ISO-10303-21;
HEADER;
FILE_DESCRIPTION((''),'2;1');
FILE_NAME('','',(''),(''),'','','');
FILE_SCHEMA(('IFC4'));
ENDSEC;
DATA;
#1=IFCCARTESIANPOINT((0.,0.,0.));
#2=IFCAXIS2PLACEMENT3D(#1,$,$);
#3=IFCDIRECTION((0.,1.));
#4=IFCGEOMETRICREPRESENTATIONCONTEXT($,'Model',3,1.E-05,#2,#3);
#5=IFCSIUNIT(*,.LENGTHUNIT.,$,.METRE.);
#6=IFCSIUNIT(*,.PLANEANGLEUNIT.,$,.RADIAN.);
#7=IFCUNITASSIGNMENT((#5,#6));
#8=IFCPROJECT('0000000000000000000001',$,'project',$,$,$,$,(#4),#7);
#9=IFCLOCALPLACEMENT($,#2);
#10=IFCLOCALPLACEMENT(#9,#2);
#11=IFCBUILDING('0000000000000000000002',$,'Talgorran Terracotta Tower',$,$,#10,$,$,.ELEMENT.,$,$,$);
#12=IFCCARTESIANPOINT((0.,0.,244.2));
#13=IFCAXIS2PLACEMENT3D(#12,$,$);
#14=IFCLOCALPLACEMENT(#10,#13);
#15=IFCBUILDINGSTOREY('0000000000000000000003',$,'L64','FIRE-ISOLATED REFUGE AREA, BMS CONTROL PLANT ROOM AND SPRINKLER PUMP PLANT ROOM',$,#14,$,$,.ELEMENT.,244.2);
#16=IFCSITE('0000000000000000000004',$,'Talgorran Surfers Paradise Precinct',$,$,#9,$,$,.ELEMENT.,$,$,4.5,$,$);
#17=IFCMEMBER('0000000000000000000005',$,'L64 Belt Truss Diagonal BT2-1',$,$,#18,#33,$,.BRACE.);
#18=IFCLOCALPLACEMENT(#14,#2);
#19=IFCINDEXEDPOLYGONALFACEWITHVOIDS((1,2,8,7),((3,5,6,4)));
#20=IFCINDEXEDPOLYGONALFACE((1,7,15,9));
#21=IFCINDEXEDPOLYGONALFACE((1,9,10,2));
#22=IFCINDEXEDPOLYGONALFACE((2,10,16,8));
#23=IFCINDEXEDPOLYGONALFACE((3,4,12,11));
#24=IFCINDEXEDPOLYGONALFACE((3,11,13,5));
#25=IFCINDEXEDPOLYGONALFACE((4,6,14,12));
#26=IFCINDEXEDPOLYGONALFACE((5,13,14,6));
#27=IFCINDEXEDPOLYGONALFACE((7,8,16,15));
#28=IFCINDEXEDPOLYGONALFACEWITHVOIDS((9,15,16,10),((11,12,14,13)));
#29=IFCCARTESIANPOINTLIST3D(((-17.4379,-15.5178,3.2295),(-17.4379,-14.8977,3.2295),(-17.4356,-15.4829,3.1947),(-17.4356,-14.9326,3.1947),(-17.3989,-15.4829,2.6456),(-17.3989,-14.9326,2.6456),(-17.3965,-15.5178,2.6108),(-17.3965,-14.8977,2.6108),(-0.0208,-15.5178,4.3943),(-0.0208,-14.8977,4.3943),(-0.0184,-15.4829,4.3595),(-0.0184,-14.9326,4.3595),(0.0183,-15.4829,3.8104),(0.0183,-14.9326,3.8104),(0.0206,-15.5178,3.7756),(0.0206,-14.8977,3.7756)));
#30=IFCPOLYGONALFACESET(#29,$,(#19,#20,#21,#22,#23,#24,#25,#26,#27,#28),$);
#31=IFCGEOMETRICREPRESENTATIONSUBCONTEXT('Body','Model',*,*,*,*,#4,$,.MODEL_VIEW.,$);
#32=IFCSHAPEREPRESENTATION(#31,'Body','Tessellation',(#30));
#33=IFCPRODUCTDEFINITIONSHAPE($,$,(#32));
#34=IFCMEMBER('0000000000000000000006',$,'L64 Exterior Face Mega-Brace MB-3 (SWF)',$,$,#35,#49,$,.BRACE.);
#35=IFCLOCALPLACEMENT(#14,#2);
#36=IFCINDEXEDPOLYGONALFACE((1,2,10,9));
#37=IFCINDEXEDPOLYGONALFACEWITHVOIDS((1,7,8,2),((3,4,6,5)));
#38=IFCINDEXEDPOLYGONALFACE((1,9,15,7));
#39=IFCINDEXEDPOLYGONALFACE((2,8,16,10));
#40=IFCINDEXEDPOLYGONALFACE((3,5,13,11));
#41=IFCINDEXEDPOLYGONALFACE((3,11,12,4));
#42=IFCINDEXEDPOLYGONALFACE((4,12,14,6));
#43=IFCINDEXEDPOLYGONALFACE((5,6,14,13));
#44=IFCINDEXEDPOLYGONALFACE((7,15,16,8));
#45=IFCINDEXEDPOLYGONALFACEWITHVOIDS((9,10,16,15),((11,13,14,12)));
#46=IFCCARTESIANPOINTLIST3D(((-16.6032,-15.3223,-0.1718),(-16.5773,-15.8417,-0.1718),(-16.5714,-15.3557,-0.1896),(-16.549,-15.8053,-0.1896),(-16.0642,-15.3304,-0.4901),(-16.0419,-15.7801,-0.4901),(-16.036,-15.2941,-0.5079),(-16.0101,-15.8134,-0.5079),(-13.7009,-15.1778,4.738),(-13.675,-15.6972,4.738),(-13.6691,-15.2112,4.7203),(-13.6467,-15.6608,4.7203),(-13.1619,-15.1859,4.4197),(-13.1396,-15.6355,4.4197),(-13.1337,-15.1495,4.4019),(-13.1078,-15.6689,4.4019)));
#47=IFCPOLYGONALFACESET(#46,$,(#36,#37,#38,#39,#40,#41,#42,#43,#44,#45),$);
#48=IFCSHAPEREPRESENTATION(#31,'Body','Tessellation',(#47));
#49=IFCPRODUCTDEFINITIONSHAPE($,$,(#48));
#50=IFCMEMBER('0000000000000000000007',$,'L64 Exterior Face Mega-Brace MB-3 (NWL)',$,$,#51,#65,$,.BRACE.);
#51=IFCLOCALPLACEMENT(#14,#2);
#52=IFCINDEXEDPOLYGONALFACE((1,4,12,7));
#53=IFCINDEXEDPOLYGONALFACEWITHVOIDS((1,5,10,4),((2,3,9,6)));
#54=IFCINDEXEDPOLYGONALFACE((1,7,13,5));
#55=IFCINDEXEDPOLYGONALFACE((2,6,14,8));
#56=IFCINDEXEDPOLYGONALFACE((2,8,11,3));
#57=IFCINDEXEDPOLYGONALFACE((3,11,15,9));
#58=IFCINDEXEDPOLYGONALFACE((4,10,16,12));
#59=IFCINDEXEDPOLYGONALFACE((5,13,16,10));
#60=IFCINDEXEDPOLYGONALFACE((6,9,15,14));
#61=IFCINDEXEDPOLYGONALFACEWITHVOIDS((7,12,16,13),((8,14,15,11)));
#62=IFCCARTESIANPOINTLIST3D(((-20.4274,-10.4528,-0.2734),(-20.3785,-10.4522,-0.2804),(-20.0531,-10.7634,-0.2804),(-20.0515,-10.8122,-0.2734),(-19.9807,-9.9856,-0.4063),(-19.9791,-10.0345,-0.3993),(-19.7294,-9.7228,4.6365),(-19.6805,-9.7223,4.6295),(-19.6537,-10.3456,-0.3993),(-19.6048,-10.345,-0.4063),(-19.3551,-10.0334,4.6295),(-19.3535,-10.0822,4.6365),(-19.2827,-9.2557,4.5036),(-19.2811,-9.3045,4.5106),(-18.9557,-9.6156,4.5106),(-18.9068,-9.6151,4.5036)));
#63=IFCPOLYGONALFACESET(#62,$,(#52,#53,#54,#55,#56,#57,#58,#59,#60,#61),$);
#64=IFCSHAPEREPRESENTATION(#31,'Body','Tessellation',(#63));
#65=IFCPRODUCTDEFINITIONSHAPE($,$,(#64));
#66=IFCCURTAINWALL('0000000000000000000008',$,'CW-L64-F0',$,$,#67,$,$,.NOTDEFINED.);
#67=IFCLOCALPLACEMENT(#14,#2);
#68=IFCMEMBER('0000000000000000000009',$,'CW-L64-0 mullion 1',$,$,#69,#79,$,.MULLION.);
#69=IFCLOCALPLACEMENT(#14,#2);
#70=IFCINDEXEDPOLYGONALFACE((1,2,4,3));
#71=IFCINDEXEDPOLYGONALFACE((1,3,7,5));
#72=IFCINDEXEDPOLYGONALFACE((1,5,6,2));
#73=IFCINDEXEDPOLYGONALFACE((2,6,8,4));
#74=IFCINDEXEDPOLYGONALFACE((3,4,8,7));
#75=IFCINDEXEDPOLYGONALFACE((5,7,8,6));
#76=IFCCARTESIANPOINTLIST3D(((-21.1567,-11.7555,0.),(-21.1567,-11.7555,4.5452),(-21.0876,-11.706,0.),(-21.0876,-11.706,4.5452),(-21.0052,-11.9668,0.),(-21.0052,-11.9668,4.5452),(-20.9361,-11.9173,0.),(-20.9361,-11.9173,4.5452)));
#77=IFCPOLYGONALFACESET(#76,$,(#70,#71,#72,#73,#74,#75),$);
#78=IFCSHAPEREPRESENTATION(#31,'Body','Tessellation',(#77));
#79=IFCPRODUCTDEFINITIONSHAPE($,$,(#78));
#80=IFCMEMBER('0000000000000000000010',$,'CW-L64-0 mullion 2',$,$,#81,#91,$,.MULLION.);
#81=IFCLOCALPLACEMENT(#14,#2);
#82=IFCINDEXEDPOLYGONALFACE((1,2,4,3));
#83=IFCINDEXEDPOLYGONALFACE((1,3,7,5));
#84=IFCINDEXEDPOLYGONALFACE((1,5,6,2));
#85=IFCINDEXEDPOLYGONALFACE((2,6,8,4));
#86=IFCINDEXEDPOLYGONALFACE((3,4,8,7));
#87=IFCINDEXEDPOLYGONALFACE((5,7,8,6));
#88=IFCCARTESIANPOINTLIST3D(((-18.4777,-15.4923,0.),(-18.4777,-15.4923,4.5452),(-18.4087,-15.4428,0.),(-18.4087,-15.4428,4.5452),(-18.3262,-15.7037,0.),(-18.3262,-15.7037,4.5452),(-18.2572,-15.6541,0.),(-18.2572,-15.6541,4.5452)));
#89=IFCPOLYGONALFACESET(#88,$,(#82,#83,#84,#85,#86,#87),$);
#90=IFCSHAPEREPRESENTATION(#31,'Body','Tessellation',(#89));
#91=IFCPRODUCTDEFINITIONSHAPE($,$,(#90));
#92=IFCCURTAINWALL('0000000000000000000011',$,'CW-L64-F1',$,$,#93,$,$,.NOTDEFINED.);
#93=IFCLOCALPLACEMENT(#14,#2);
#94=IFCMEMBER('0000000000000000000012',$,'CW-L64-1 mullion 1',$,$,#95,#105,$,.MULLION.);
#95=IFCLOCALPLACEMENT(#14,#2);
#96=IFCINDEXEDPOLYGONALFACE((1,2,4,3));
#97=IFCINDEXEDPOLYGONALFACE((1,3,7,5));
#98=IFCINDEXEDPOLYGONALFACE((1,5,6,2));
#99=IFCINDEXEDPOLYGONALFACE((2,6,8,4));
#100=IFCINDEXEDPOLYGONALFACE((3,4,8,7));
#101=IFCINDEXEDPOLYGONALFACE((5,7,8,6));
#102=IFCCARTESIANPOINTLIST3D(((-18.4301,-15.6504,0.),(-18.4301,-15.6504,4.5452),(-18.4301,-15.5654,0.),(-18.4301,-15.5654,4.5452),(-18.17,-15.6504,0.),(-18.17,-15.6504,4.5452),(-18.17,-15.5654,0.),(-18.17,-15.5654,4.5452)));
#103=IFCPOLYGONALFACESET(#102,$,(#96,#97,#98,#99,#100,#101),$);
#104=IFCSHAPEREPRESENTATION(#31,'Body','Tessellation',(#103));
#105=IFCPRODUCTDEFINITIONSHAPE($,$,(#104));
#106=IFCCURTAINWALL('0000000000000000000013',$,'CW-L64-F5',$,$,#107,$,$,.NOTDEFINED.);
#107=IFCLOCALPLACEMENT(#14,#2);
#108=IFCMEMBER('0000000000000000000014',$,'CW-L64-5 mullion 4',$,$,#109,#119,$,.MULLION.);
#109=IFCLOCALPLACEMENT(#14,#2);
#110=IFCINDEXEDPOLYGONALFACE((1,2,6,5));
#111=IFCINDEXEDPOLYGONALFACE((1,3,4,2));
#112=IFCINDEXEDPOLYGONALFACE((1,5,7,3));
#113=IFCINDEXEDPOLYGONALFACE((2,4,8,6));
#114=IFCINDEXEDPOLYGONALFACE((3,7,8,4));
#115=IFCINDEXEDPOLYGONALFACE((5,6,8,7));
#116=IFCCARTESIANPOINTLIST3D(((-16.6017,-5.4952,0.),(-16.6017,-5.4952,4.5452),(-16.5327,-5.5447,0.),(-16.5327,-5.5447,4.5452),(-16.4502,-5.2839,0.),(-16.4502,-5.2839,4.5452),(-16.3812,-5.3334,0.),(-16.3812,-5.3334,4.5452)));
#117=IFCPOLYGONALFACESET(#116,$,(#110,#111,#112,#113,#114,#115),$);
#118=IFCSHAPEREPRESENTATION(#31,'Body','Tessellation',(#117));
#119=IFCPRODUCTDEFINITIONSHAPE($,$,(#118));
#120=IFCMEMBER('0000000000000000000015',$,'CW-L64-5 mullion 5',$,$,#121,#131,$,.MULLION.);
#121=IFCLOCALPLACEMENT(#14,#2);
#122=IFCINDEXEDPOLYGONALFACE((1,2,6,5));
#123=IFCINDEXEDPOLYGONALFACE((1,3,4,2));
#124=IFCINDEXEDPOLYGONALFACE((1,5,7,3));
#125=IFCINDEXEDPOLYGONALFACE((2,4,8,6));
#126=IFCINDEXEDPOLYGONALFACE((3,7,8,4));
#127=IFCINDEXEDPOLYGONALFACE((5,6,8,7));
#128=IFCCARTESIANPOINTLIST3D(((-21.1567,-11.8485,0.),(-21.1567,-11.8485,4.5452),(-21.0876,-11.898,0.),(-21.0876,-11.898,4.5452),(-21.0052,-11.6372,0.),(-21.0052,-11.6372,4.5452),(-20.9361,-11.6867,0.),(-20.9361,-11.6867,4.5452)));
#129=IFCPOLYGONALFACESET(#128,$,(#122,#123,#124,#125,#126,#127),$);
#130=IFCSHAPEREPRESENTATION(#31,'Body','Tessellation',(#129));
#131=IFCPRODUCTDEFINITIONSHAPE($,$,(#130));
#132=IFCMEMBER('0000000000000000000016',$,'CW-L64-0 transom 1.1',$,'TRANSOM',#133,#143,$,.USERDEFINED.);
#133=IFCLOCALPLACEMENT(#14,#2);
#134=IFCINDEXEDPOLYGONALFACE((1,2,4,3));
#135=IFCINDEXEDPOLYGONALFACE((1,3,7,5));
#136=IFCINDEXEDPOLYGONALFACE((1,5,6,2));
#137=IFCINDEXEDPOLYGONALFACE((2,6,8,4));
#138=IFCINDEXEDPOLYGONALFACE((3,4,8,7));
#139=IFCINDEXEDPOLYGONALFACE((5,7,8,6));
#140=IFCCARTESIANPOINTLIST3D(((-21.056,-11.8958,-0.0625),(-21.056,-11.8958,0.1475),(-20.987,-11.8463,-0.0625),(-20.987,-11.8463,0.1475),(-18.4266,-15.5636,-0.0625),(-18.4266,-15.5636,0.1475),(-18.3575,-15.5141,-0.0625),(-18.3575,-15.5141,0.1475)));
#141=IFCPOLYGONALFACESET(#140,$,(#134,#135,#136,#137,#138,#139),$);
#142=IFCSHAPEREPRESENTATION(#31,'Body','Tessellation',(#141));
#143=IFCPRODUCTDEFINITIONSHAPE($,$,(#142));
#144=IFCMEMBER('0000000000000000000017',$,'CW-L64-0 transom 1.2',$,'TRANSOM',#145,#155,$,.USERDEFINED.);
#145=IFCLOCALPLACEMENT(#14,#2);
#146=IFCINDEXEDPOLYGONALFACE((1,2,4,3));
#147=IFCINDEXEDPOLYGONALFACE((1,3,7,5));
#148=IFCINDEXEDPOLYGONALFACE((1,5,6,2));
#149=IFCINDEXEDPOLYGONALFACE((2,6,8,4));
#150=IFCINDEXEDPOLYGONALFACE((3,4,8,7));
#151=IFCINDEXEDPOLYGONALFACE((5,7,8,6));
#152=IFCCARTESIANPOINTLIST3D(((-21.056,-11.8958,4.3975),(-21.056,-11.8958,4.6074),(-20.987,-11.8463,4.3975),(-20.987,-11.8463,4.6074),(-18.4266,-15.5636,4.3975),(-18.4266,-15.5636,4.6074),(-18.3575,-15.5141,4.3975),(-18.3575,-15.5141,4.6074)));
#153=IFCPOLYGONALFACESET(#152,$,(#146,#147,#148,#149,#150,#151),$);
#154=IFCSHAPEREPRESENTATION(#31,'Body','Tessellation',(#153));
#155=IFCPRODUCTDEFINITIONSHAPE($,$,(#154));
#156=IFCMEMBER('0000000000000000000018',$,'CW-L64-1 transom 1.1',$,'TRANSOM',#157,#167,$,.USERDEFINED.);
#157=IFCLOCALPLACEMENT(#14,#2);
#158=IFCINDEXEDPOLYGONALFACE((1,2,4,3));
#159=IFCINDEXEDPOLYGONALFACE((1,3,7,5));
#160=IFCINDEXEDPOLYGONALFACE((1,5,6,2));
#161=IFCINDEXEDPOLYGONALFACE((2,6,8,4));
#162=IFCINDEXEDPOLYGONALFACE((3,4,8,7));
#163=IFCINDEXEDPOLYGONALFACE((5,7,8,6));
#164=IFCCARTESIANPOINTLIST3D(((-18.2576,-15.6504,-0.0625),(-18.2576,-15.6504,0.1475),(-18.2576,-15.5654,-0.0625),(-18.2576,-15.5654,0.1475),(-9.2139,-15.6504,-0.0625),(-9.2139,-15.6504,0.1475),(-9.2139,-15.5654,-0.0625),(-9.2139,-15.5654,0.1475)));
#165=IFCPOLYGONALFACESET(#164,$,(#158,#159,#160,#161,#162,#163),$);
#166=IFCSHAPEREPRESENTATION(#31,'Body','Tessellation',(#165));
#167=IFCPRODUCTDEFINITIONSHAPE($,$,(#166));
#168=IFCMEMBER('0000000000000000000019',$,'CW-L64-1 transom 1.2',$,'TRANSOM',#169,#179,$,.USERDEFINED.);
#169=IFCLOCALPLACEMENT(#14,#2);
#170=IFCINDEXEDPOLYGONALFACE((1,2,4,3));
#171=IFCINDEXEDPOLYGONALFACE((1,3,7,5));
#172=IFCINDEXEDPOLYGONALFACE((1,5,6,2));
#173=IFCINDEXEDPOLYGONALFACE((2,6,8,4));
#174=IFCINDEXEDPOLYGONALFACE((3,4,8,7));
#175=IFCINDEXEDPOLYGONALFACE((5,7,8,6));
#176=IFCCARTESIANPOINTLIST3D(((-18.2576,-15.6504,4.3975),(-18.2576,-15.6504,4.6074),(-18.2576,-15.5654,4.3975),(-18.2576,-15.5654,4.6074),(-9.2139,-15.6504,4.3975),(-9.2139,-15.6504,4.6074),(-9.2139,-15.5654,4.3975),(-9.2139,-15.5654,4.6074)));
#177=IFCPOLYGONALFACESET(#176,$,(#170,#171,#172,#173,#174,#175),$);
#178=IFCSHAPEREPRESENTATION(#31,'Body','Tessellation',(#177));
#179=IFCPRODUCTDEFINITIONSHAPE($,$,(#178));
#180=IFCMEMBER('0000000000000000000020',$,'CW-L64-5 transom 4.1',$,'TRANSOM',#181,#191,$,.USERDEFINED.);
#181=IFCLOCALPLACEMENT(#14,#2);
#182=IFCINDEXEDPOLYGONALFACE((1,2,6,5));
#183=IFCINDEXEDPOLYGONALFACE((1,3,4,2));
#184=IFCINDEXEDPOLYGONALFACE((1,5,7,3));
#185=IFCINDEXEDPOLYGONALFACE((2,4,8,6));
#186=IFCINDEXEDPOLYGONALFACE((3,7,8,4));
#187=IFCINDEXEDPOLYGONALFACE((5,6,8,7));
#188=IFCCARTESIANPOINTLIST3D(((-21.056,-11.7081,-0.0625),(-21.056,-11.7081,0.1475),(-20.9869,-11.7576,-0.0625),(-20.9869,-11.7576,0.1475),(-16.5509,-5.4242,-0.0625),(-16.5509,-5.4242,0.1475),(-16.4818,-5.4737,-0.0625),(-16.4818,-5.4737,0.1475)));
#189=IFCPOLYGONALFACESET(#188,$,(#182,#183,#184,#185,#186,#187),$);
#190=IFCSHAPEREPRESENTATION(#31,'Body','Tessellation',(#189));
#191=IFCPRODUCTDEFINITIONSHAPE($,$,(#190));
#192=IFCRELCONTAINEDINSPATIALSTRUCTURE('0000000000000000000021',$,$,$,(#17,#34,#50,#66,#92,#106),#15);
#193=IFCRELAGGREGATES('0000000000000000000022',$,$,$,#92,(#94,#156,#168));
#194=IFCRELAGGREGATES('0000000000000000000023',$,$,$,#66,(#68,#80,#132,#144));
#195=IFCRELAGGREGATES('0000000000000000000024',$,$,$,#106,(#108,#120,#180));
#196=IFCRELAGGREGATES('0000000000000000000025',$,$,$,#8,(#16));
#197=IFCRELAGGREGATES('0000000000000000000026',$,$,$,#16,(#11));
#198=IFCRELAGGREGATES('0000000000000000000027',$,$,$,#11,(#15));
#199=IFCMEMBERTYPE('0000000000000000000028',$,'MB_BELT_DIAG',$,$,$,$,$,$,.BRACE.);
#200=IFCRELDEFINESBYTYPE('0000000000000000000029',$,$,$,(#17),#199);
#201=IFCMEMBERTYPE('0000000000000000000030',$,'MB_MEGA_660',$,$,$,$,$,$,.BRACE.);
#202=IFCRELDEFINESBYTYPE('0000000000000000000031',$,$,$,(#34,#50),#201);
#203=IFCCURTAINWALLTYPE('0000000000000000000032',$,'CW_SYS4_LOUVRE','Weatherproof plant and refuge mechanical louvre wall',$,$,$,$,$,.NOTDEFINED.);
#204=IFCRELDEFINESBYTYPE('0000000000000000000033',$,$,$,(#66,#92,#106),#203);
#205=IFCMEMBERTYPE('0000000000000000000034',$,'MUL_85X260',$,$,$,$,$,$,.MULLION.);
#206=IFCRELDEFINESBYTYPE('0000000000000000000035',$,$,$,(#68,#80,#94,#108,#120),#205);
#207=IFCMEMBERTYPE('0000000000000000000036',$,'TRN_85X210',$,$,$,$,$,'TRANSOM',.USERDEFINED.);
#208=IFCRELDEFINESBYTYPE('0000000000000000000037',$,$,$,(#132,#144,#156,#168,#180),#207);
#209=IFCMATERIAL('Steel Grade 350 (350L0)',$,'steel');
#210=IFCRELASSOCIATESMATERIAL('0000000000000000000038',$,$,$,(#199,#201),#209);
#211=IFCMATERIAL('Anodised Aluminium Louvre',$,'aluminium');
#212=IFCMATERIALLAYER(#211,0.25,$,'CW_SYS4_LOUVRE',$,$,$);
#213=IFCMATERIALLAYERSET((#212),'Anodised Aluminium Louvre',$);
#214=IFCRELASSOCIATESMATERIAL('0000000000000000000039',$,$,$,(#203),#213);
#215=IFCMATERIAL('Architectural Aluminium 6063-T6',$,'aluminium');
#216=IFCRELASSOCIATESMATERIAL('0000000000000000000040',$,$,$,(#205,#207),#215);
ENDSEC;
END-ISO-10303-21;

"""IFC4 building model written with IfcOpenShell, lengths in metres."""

from ifc_helpers import new_model, si_unit, direction, frame, origin, origin_2d, place, context, subcontext, project, spatial, rectangle, hollow_rectangle, extrude, material, layer, layer_set, material_profile, profile_set, type_object, element, aggregate, save


model = new_model("IFC4")

# Units and contexts
model_context = context("Model", 3, precision=1e-05, world=origin(), true_north=direction((0.0, 1.0)))
body_context = subcontext(model_context, "Body", "Model", "MODEL_VIEW")
ifc_project = project(units=[si_unit("LENGTHUNIT", "METRE"), si_unit("PLANEANGLEUNIT", "RADIAN")], contexts=[model_context])

# Site, building, storey
site_placement = place(None, origin())
site = spatial("IfcSite", under=ifc_project, at=site_placement, Name="Talgorran Surfers Paradise Precinct", CompositionType="ELEMENT", RefElevation=4.5)
building_placement = place(site_placement, origin())
building = spatial("IfcBuilding", under=site, at=building_placement, Name="Talgorran Terracotta Tower", CompositionType="ELEMENT")
storey_placement = place(building_placement, frame((0.0, 0.0, 244.2)))
storey = spatial("IfcBuildingStorey", under=building, at=storey_placement, Name="L64", Description="FIRE-ISOLATED REFUGE AREA, BMS CONTROL PLANT ROOM AND SPRINKLER PUMP PLANT ROOM", CompositionType="ELEMENT", Elevation=244.2)

# Shared definitions
ifc_material_1 = material(Name="Steel Grade 350 (350L0)", Category="steel")

# Members
ifc_material_profile_1 = material_profile(ifc_material_1, hollow_rectangle(XDim=0.6201, YDim=0.6201, WallThickness=0.0349, at=origin_2d()), Name="WBOX620X620X35")
ifc_profile_set_1 = profile_set([ifc_material_profile_1], Name="Steel Grade 350 (350L0)")
member_type_1 = type_object("IfcMemberType", Name="MB_BELT_DIAG", PredefinedType="BRACE", material=ifc_profile_set_1)
member_1_placement = place(storey_placement, frame((-17.4172, -15.2078, 2.9202), z_axis=(0.997771, 0.0, 0.066727), x_axis=(0.0, 1.0, 0.0)))
element("IfcMember", 1, at=member_1_placement, inside=storey, type_object=member_type_1, Name="L64 Belt Truss Diagonal BT2-1", PredefinedType="BRACE", context=body_context, shape_type="SweptSolid", body=[
    extrude(hollow_rectangle(XDim=0.6201, YDim=0.6201, WallThickness=0.0349, at=origin_2d()), origin(), (0.0, 0.0, 1.0), 17.4561),
])
ifc_material_profile_2 = material_profile(ifc_material_1, hollow_rectangle(XDim=0.52, YDim=0.6599, WallThickness=0.0349, at=origin_2d()), Name="WBOX660X520X35")
ifc_profile_set_2 = profile_set([ifc_material_profile_2], Name="Steel Grade 350 (350L0)")
member_type_2 = type_object("IfcMemberType", Name="MB_MEGA_660", PredefinedType="BRACE", material=ifc_profile_set_2)
member_2_placement = place(storey_placement, frame((-16.3066, -15.5679, -0.3398), z_axis=(0.5087, 0.025332, 0.860571), x_axis=(-0.049736, 0.998762, 0.0)))
element("IfcMember", 2, at=member_2_placement, inside=storey, type_object=member_type_2, Name="L64 Exterior Face Mega-Brace MB-3 (SWF)", PredefinedType="BRACE", context=body_context, shape_type="SweptSolid", body=[
    extrude(hollow_rectangle(XDim=0.52, YDim=0.6599, WallThickness=0.0349, at=origin_2d()), origin(), (0.0, 0.0, 1.0), 5.7053),
])
member_3_placement = place(storey_placement, frame((-20.0161, -10.3989, -0.3398), z_axis=(0.139246, 0.145626, 0.979492), x_axis=(-0.722763, 0.691096, 0.0)))
element("IfcMember", 3, at=member_3_placement, inside=storey, type_object=member_type_2, Name="L64 Exterior Face Mega-Brace MB-3 (NWL)", PredefinedType="BRACE", context=body_context, shape_type="SweptSolid", body=[
    extrude(hollow_rectangle(XDim=0.52, YDim=0.6599, WallThickness=0.0349, at=origin_2d()), origin(), (0.0, 0.0, 1.0), 5.0127),
])

# Curtain wall, members
ifc_material_2 = material(Name="Anodised Aluminium Louvre", Category="aluminium")
ifc_layer_1 = layer(ifc_material_2, 0.25, Name="CW_SYS4_LOUVRE")
ifc_layer_set_1 = layer_set([ifc_layer_1], Name="Anodised Aluminium Louvre")
curtain_wall_type = type_object("IfcCurtainWallType", Name="CW_SYS4_LOUVRE", Description="Weatherproof plant and refuge mechanical louvre wall", PredefinedType="NOTDEFINED", material=ifc_layer_set_1)
curtain_wall_1_placement = place(storey_placement, origin())
curtain_wall_1 = element("IfcCurtainWall", 4, at=curtain_wall_1_placement, inside=storey, type_object=curtain_wall_type, Name="CW-L64-F0", PredefinedType="NOTDEFINED")
ifc_material_3 = material(Name="Architectural Aluminium 6063-T6", Category="aluminium")
ifc_material_profile_3 = material_profile(ifc_material_3, rectangle(XDim=0.085, YDim=0.26, at=origin_2d()), Name="CWM85X260")
ifc_profile_set_3 = profile_set([ifc_material_profile_3], Name="Architectural Aluminium 6063-T6")
member_type_3 = type_object("IfcMemberType", Name="MUL_85X260", PredefinedType="MULLION", material=ifc_profile_set_3)
member_4_placement = place(storey_placement, frame((-21.0464, -11.8364, 0.0), z_axis=(0.0, 0.0, 1.0), x_axis=(0.812715, 0.582661, 0.0)))
member_4 = element("IfcMember", 5, at=member_4_placement, type_object=member_type_3, Name="CW-L64-0 mullion 1", PredefinedType="MULLION", context=body_context, shape_type="SweptSolid", body=[
    extrude(rectangle(XDim=0.085, YDim=0.26, at=origin_2d()), origin(), (0.0, 0.0, 1.0), 4.5452),
])
member_5_placement = place(storey_placement, frame((-18.3674, -15.5732, 0.0), z_axis=(0.0, 0.0, 1.0), x_axis=(0.812715, 0.582661, 0.0)))
member_5 = element("IfcMember", 6, at=member_5_placement, type_object=member_type_3, Name="CW-L64-0 mullion 2", PredefinedType="MULLION", context=body_context, shape_type="SweptSolid", body=[
    extrude(rectangle(XDim=0.085, YDim=0.26, at=origin_2d()), origin(), (0.0, 0.0, 1.0), 4.5452),
])

# Curtain wall, member
curtain_wall_2_placement = place(storey_placement, origin())
curtain_wall_2 = element("IfcCurtainWall", 7, at=curtain_wall_2_placement, inside=storey, type_object=curtain_wall_type, Name="CW-L64-F1", PredefinedType="NOTDEFINED")
member_6_placement = place(storey_placement, frame((-18.3, -15.6079, 0.0), z_axis=(0.0, 0.0, 1.0), x_axis=(0.0, 1.0, 0.0)))
member_6 = element("IfcMember", 8, at=member_6_placement, type_object=member_type_3, Name="CW-L64-1 mullion 1", PredefinedType="MULLION", context=body_context, shape_type="SweptSolid", body=[
    extrude(rectangle(XDim=0.085, YDim=0.26, at=origin_2d()), origin(), (0.0, 0.0, 1.0), 4.5452),
])

# Curtain wall, members
curtain_wall_3_placement = place(storey_placement, origin())
curtain_wall_3 = element("IfcCurtainWall", 9, at=curtain_wall_3_placement, inside=storey, type_object=curtain_wall_type, Name="CW-L64-F5", PredefinedType="NOTDEFINED")
member_7_placement = place(storey_placement, frame((-16.4915, -5.4143, 0.0), z_axis=(0.0, 0.0, 1.0), x_axis=(0.812713, -0.582665, 0.0)))
member_7 = element("IfcMember", 10, at=member_7_placement, type_object=member_type_3, Name="CW-L64-5 mullion 4", PredefinedType="MULLION", context=body_context, shape_type="SweptSolid", body=[
    extrude(rectangle(XDim=0.085, YDim=0.26, at=origin_2d()), origin(), (0.0, 0.0, 1.0), 4.5452),
])
member_8_placement = place(storey_placement, frame((-21.0464, -11.7676, 0.0), z_axis=(0.0, 0.0, 1.0), x_axis=(0.812713, -0.582665, 0.0)))
member_8 = element("IfcMember", 11, at=member_8_placement, type_object=member_type_3, Name="CW-L64-5 mullion 5", PredefinedType="MULLION", context=body_context, shape_type="SweptSolid", body=[
    extrude(rectangle(XDim=0.085, YDim=0.26, at=origin_2d()), origin(), (0.0, 0.0, 1.0), 4.5452),
])

# Members
ifc_material_profile_4 = material_profile(ifc_material_3, rectangle(XDim=0.085, YDim=0.21, at=origin_2d()), Name="CWT85X210")
ifc_profile_set_4 = profile_set([ifc_material_profile_4], Name="Architectural Aluminium 6063-T6")
member_type_4 = type_object("IfcMemberType", Name="TRN_85X210", ElementType="TRANSOM", PredefinedType="USERDEFINED", material=ifc_profile_set_4)
member_9_placement = place(storey_placement, frame((-21.0215, -11.8711, 0.0425), z_axis=(0.582645, -0.812727, 0.0), x_axis=(0.812727, 0.582645, 0.0)))
member_9 = element("IfcMember", 12, at=member_9_placement, type_object=member_type_4, Name="CW-L64-0 transom 1.1", ObjectType="TRANSOM", PredefinedType="USERDEFINED", context=body_context, shape_type="SweptSolid", body=[
    extrude(rectangle(XDim=0.085, YDim=0.21, at=origin_2d()), origin(), (0.0, 0.0, 1.0), 4.5129),
])
member_10_placement = place(storey_placement, frame((-21.0215, -11.8711, 4.5024), z_axis=(0.582645, -0.812727, 0.0), x_axis=(0.812727, 0.582645, 0.0)))
member_10 = element("IfcMember", 13, at=member_10_placement, type_object=member_type_4, Name="CW-L64-0 transom 1.2", ObjectType="TRANSOM", PredefinedType="USERDEFINED", context=body_context, shape_type="SweptSolid", body=[
    extrude(rectangle(XDim=0.085, YDim=0.21, at=origin_2d()), origin(), (0.0, 0.0, 1.0), 4.5129),
])
member_11_placement = place(storey_placement, frame((-18.2576, -15.6079, 0.0425), z_axis=(1.0, 0.0, 0.0), x_axis=(0.0, 1.0, 0.0)))
member_11 = element("IfcMember", 14, at=member_11_placement, type_object=member_type_4, Name="CW-L64-1 transom 1.1", ObjectType="TRANSOM", PredefinedType="USERDEFINED", context=body_context, shape_type="SweptSolid", body=[
    extrude(rectangle(XDim=0.085, YDim=0.21, at=origin_2d()), origin(), (0.0, 0.0, 1.0), 9.0437),
])
member_12_placement = place(storey_placement, frame((-18.2576, -15.6079, 4.5024), z_axis=(1.0, 0.0, 0.0), x_axis=(0.0, 1.0, 0.0)))
member_12 = element("IfcMember", 15, at=member_12_placement, type_object=member_type_4, Name="CW-L64-1 transom 1.2", ObjectType="TRANSOM", PredefinedType="USERDEFINED", context=body_context, shape_type="SweptSolid", body=[
    extrude(rectangle(XDim=0.085, YDim=0.21, at=origin_2d()), origin(), (0.0, 0.0, 1.0), 9.0437),
])
aggregate(curtain_wall_2, [member_6, member_11, member_12])
member_13_placement = place(storey_placement, frame((-16.5164, -5.449, 0.0425), z_axis=(-0.582659, -0.812717, 0.0), x_axis=(0.812717, -0.582659, 0.0)))
member_13 = element("IfcMember", 16, at=member_13_placement, type_object=member_type_4, Name="CW-L64-5 transom 4.1", ObjectType="TRANSOM", PredefinedType="USERDEFINED", context=body_context, shape_type="SweptSolid", body=[
    extrude(rectangle(XDim=0.085, YDim=0.21, at=origin_2d()), origin(), (0.0, 0.0, 1.0), 7.7319),
])

aggregate(curtain_wall_1, [member_4, member_5, member_9, member_10])
aggregate(curtain_wall_3, [member_7, member_8, member_13])

save(model, "model.ifc")
